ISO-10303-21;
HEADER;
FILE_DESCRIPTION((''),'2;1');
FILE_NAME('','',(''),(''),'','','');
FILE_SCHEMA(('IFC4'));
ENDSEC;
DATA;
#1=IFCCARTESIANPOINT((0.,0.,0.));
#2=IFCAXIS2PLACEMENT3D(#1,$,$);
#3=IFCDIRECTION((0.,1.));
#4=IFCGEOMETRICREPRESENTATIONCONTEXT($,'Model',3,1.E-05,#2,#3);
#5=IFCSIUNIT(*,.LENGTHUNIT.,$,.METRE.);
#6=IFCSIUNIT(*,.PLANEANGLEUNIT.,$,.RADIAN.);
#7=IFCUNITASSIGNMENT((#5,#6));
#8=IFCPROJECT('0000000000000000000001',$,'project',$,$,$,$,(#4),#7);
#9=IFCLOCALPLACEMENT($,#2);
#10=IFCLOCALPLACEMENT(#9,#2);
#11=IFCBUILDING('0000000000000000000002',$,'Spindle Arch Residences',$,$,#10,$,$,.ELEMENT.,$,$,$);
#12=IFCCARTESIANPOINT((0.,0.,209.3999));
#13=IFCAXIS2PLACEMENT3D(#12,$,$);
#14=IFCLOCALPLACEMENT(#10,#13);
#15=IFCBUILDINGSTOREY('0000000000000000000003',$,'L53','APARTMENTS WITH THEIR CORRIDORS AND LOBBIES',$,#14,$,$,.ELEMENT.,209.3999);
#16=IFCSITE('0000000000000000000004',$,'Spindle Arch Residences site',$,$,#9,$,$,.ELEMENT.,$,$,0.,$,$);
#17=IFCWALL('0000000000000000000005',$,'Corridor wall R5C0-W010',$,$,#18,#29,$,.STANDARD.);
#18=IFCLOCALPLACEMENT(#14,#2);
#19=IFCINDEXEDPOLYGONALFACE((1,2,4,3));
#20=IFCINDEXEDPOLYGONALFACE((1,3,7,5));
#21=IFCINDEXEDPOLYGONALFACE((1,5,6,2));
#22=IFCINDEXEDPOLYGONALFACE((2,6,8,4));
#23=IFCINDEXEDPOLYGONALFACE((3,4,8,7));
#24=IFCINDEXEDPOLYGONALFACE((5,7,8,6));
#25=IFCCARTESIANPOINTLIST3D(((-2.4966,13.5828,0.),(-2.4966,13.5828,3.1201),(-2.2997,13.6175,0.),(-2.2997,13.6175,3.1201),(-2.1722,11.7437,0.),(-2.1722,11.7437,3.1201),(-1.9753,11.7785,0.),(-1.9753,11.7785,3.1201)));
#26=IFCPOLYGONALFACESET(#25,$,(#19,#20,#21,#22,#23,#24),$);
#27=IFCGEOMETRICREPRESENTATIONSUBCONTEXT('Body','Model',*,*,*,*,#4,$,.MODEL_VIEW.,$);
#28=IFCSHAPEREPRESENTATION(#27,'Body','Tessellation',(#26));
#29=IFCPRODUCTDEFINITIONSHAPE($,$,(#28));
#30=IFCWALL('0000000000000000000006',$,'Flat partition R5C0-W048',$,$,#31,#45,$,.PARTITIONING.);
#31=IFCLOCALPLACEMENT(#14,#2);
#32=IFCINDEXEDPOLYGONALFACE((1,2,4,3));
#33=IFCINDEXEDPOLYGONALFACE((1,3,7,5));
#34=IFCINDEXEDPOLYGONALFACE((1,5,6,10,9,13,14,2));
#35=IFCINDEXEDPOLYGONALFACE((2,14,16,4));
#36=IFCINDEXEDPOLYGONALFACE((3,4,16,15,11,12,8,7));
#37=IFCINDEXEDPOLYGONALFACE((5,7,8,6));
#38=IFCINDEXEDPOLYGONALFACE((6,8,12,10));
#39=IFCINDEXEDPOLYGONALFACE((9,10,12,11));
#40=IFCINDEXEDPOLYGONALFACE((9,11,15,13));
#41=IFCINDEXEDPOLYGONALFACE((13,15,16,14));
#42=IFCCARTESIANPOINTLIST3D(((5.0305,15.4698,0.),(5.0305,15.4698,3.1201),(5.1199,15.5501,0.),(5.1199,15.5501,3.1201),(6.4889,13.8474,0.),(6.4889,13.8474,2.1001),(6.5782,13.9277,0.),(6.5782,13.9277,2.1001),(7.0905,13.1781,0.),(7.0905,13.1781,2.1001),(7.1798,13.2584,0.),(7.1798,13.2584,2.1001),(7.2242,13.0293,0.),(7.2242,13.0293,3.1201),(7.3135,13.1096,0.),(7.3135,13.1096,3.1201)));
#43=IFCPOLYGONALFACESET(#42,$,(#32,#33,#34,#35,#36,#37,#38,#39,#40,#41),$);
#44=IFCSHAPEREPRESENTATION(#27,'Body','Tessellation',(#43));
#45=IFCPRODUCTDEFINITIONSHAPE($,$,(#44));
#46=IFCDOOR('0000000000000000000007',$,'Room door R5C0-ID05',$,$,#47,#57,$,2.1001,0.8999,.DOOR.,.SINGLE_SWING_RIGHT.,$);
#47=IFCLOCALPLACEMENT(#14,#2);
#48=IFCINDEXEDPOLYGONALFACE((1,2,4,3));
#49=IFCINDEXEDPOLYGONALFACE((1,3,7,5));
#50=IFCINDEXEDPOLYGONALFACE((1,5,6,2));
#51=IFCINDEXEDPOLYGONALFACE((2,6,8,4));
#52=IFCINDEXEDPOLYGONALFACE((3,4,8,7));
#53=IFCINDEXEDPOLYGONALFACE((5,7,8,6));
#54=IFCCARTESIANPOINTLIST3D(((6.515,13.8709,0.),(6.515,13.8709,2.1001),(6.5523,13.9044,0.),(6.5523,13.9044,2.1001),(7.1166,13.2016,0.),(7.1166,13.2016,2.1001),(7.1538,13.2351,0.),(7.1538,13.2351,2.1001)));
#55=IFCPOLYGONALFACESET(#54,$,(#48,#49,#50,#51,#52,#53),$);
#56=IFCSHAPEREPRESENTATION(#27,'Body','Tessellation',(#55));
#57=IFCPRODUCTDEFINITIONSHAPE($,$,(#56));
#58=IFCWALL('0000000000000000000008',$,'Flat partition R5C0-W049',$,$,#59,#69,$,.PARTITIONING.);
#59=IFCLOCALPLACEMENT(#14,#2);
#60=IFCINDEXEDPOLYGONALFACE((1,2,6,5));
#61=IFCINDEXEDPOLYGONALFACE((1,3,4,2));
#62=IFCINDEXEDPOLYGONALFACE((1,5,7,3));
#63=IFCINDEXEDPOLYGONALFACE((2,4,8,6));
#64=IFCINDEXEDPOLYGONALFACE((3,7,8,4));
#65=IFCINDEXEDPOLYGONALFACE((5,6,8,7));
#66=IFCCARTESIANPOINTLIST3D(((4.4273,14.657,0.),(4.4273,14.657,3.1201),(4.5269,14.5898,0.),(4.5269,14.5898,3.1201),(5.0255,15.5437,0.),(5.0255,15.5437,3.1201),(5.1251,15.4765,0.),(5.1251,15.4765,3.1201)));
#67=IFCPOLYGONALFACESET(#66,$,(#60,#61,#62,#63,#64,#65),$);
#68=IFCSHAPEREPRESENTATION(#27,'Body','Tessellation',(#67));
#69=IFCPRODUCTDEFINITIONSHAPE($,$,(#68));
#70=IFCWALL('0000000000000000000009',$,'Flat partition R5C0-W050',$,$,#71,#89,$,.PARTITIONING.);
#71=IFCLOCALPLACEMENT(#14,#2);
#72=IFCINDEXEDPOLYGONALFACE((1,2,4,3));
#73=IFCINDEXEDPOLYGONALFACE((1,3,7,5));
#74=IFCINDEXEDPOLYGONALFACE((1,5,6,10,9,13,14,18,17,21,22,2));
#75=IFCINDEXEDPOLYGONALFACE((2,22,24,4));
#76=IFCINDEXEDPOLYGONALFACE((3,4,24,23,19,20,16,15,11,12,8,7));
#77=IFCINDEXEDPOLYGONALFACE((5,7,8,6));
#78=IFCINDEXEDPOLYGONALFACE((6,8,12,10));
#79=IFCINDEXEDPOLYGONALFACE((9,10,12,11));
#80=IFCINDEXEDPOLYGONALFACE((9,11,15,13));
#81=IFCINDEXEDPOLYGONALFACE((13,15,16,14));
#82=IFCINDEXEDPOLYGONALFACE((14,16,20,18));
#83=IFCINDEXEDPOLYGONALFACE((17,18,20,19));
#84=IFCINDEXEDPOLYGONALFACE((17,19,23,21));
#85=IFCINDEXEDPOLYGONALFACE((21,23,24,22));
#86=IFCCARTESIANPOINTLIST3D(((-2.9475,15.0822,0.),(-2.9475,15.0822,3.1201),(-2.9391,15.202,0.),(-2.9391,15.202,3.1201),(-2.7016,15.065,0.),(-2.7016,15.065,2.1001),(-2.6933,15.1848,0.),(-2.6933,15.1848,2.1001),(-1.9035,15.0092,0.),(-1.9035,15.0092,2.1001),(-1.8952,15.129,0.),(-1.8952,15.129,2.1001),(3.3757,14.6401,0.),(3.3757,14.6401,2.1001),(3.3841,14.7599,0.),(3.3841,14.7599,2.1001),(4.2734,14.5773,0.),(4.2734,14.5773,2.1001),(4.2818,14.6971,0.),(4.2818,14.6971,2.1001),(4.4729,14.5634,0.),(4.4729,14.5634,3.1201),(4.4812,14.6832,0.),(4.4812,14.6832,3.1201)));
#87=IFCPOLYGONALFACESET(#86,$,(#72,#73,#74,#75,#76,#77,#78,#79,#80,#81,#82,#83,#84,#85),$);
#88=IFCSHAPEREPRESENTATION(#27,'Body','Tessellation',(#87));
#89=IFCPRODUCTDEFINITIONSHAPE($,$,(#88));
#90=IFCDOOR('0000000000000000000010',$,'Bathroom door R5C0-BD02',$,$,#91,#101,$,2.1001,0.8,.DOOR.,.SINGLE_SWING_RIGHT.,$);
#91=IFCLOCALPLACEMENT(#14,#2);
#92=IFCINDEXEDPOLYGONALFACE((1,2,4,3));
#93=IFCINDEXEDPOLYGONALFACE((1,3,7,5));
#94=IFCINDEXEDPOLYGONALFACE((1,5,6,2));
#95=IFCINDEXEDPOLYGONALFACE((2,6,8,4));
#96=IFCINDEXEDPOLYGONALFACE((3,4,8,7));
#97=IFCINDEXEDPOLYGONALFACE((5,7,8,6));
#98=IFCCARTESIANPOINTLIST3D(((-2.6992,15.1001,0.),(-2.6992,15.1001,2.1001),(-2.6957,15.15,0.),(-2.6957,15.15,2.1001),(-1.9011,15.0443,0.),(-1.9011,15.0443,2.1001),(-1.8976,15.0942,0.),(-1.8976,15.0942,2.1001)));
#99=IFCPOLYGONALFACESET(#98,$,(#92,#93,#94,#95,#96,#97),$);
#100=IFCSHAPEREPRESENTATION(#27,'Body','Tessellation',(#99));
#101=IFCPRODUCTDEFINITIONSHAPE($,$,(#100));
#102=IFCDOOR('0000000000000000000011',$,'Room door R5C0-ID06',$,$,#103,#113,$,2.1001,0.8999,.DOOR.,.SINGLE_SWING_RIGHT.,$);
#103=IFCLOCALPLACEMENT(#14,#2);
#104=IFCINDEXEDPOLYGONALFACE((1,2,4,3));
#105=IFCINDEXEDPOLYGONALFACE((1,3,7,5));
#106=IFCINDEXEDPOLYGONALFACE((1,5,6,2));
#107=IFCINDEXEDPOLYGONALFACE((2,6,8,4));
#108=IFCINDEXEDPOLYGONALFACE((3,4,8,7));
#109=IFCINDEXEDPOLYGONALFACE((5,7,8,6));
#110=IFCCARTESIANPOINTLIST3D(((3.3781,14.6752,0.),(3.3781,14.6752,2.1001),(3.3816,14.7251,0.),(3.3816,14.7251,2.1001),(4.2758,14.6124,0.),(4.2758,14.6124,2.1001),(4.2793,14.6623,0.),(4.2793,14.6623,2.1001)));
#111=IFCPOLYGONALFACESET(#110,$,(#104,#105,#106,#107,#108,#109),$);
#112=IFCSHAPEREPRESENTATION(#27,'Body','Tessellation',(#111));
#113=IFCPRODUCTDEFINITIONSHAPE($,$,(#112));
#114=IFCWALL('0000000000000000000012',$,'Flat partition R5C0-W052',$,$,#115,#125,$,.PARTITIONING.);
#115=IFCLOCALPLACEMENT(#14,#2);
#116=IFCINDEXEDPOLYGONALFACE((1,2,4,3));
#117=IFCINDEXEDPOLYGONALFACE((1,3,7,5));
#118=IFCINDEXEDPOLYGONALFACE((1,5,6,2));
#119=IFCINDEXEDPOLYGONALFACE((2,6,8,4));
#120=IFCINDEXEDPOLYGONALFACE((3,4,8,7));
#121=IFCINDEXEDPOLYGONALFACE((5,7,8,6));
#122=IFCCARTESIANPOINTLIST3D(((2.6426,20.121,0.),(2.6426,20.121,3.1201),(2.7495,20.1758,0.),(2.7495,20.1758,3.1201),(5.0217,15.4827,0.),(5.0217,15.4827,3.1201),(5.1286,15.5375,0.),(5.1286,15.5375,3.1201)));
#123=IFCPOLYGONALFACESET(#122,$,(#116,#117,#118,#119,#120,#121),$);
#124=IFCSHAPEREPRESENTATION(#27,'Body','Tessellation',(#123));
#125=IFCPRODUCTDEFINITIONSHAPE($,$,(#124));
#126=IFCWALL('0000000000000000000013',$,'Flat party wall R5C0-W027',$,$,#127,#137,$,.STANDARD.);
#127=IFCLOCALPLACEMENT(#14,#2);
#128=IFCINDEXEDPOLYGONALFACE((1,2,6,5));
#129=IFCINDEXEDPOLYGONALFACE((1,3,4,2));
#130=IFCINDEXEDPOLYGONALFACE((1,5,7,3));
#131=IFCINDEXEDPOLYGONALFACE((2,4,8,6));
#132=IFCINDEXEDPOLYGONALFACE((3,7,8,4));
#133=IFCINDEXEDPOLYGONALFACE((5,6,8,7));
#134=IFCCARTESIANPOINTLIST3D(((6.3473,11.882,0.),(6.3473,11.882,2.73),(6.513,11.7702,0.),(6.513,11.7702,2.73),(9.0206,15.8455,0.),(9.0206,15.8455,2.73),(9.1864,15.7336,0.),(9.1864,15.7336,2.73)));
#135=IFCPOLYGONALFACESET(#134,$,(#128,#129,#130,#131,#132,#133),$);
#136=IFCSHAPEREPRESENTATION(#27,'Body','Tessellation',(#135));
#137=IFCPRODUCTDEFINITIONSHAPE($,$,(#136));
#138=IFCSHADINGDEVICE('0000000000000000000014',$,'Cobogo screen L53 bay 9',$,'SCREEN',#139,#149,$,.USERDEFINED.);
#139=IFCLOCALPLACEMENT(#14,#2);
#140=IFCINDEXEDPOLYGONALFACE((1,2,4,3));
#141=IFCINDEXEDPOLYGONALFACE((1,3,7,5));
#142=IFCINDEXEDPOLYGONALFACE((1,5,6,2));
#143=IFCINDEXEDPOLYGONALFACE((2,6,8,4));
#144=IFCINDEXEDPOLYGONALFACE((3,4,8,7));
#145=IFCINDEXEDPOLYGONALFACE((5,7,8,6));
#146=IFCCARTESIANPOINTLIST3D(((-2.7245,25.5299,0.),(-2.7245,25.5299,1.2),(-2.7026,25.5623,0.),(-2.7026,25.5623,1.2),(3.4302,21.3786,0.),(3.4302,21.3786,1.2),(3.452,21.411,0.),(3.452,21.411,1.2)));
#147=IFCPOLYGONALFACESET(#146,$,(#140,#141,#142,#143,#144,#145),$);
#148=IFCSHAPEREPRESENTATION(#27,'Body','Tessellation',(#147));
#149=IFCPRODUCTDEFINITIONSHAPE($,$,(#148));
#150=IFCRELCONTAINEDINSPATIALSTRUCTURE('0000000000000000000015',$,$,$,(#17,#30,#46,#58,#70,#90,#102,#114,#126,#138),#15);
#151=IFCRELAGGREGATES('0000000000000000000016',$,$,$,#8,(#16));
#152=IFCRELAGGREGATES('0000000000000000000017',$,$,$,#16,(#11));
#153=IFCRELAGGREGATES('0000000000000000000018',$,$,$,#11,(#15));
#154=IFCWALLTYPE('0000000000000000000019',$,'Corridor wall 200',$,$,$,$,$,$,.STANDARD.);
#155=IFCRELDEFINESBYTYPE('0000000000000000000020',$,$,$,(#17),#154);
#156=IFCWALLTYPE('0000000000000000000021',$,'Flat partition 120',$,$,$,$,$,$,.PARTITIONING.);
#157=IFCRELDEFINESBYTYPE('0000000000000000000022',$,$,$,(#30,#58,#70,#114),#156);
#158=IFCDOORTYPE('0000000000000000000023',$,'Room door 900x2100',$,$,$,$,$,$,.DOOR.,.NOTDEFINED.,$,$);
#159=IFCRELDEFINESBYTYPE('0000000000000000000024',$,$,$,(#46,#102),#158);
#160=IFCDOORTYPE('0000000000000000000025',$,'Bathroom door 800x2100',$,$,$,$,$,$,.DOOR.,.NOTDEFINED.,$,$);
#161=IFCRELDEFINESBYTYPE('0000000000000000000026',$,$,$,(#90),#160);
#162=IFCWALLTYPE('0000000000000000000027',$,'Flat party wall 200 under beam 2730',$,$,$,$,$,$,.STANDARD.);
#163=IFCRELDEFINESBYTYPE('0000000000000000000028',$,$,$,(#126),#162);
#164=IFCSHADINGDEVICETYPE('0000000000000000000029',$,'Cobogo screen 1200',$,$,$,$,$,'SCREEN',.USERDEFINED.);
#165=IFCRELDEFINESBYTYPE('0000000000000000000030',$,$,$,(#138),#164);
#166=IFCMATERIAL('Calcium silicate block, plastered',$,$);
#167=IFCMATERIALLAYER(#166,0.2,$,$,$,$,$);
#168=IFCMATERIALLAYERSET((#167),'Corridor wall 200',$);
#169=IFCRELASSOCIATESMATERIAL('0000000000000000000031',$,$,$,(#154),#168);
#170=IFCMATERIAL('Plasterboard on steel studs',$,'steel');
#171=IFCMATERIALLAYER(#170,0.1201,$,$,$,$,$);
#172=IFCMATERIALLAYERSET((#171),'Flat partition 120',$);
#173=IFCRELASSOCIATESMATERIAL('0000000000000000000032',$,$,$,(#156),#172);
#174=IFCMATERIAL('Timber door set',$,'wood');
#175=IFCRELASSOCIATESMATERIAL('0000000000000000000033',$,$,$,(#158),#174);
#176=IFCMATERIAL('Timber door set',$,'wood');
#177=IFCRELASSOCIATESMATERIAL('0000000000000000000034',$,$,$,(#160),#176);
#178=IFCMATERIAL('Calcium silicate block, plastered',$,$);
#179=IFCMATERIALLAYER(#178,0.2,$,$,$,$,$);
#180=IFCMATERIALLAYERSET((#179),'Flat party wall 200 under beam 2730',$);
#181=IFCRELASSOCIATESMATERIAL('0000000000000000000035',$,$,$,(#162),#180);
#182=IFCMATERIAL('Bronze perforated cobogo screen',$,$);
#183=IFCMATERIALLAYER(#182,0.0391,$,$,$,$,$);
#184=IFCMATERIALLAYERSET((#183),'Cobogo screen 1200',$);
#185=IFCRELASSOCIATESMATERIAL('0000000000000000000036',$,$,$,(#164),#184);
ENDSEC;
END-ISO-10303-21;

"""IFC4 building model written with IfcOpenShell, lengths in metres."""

from ifc_helpers import new_model, si_unit, direction, frame, frame_2d, origin, origin_2d, place, context, subcontext, project, spatial, rectangle, extrude, material, layer, layer_set, type_object, element, fill, save


model = new_model("IFC4")

# Units and contexts
model_context = context("Model", 3, precision=1e-05, world=origin(), true_north=direction((0.0, 1.0)))
body_context = subcontext(model_context, "Body", "Model", "MODEL_VIEW")
ifc_project = project(units=[si_unit("LENGTHUNIT", "METRE"), si_unit("PLANEANGLEUNIT", "RADIAN")], contexts=[model_context])

# Site, building, storey
site_placement = place(None, origin())
site = spatial("IfcSite", under=ifc_project, at=site_placement, Name="Spindle Arch Residences site", CompositionType="ELEMENT", RefElevation=0.0)
building_placement = place(site_placement, origin())
building = spatial("IfcBuilding", under=site, at=building_placement, Name="Spindle Arch Residences", CompositionType="ELEMENT")
storey_placement = place(building_placement, frame((0.0, 0.0, 209.3999)))
storey = spatial("IfcBuildingStorey", under=building, at=storey_placement, Name="L53", Description="APARTMENTS WITH THEIR CORRIDORS AND LOBBIES", CompositionType="ELEMENT", Elevation=209.3999)

# Wall
ifc_material_1 = material(Name="Calcium silicate block, plastered")
ifc_layer_1 = layer(ifc_material_1, 0.2)
ifc_layer_set_1 = layer_set([ifc_layer_1], Name="Corridor wall 200")
wall_type_1 = type_object("IfcWallType", Name="Corridor wall 200", PredefinedType="STANDARD", material=ifc_layer_set_1)
wall_1_placement = place(storey_placement, frame((-2.0737, 11.7612, 0.0), z_axis=(0.0, 0.0, 1.0), x_axis=(-0.173741, 0.984791, 0.0)))
element("IfcWall", 1, at=wall_1_placement, inside=storey, type_object=wall_type_1, Name="Corridor wall R5C0-W010", PredefinedType="STANDARD", context=body_context, shape_type="SweptSolid", body=[
    extrude(rectangle(XDim=1.8674, YDim=0.2, at=frame_2d((0.9336, 0.0))), origin(), (0.0, 0.0, 1.0), 3.1201),
])

# Wall, opening, door
ifc_material_2 = material(Name="Plasterboard on steel studs", Category="steel")
ifc_layer_2 = layer(ifc_material_2, 0.1201)
ifc_layer_set_2 = layer_set([ifc_layer_2], Name="Flat partition 120")
wall_type_2 = type_object("IfcWallType", Name="Flat partition 120", PredefinedType="PARTITIONING", material=ifc_layer_set_2)
wall_2_placement = place(storey_placement, frame((7.2688, 13.0696, 0.0), z_axis=(0.0, 0.0, 1.0), x_axis=(-0.668496, 0.743716, 0.0)))
wall_2 = element("IfcWall", 2, at=wall_2_placement, inside=storey, type_object=wall_type_2, Name="Flat partition R5C0-W048", PredefinedType="PARTITIONING", context=body_context, shape_type="SweptSolid", body=[
    extrude(rectangle(XDim=3.2815, YDim=0.1201, at=frame_2d((1.6406, 0.0))), origin(), (0.0, 0.0, 1.0), 3.1201),
])
opening_1_placement = place(wall_2_placement, frame((0.2, 0.0, 0.0)))
opening_1 = element("IfcOpeningElement", 3, at=opening_1_placement, cuts=wall_2, PredefinedType="OPENING", context=body_context, shape_type="SweptSolid", body=[
    extrude(rectangle(XDim=0.8999, YDim=2.1001, at=frame_2d((0.45, 1.05))), frame((0.0, 0.0701, 0.0), z_axis=(0.0, -1.0, 0.0), x_axis=(1.0, 0.0, 0.0)), (0.0, 0.0, 1.0), 0.1401),
])
ifc_material_3 = material(Name="Timber door set", Category="wood")
door_type_1 = type_object("IfcDoorType", Name="Room door 900x2100", OperationType="NOTDEFINED", PredefinedType="DOOR", material=ifc_material_3)
door_1_placement = place(opening_1_placement, origin())
door_1 = element("IfcDoor", 4, at=door_1_placement, inside=storey, type_object=door_type_1, Name="Room door R5C0-ID05", OperationType="SINGLE_SWING_RIGHT", OverallHeight=2.1001, OverallWidth=0.8999, PredefinedType="DOOR", context=body_context, shape_type="SweptSolid", body=[
    extrude(rectangle(XDim=0.8999, YDim=2.1001, at=frame_2d((0.45, 1.05))), frame((0.0, 0.0249, 0.0), z_axis=(0.0, -1.0, 0.0), x_axis=(1.0, 0.0, 0.0)), (0.0, 0.0, 1.0), 0.05),
])
fill(opening_1, door_1)

# Wall
wall_3_placement = place(storey_placement, frame((5.0752, 15.51, 0.0), z_axis=(0.0, 0.0, 1.0), x_axis=(-0.559222, -0.829018, 0.0)))
element("IfcWall", 5, at=wall_3_placement, inside=storey, type_object=wall_type_2, Name="Flat partition R5C0-W049", PredefinedType="PARTITIONING", context=body_context, shape_type="SweptSolid", body=[
    extrude(rectangle(XDim=1.0696, YDim=0.1201, at=frame_2d((0.5347, 0.0))), origin(), (0.0, 0.0, 1.0), 3.1201),
])

# Wall, openings, doors
wall_4_placement = place(storey_placement, frame((4.4771, 14.6233, 0.0), z_axis=(0.0, 0.0, 1.0), x_axis=(-0.997565, 0.069745, 0.0)))
wall_4 = element("IfcWall", 6, at=wall_4_placement, inside=storey, type_object=wall_type_2, Name="Flat partition R5C0-W050", PredefinedType="PARTITIONING", context=body_context, shape_type="SweptSolid", body=[
    extrude(rectangle(XDim=7.4385, YDim=0.1201, at=frame_2d((3.7192, 0.0))), origin(), (0.0, 0.0, 1.0), 3.1201),
])
opening_2_placement = place(wall_4_placement, frame((0.2, 0.0, 0.0)))
opening_2 = element("IfcOpeningElement", 7, at=opening_2_placement, cuts=wall_4, PredefinedType="OPENING", context=body_context, shape_type="SweptSolid", body=[
    extrude(rectangle(XDim=0.8999, YDim=2.1001, at=frame_2d((0.45, 1.05))), frame((0.0, 0.0701, 0.0), z_axis=(0.0, -1.0, 0.0), x_axis=(1.0, 0.0, 0.0)), (0.0, 0.0, 1.0), 0.1401),
])
opening_3_placement = place(wall_4_placement, frame((6.3921, 0.0, 0.0)))
opening_3 = element("IfcOpeningElement", 8, at=opening_3_placement, cuts=wall_4, PredefinedType="OPENING", context=body_context, shape_type="SweptSolid", body=[
    extrude(rectangle(XDim=0.8, YDim=2.1001, at=frame_2d((0.3999, 1.05))), frame((0.0, 0.0701, 0.0), z_axis=(0.0, -1.0, 0.0), x_axis=(1.0, 0.0, 0.0)), (0.0, 0.0, 1.0), 0.1401),
])
ifc_material_4 = material(Name="Timber door set", Category="wood")
door_type_2 = type_object("IfcDoorType", Name="Bathroom door 800x2100", OperationType="NOTDEFINED", PredefinedType="DOOR", material=ifc_material_4)
door_2_placement = place(opening_3_placement, origin())
door_2 = element("IfcDoor", 9, at=door_2_placement, inside=storey, type_object=door_type_2, Name="Bathroom door R5C0-BD02", OperationType="SINGLE_SWING_RIGHT", OverallHeight=2.1001, OverallWidth=0.8, PredefinedType="DOOR", context=body_context, shape_type="SweptSolid", body=[
    extrude(rectangle(XDim=0.8, YDim=2.1001, at=frame_2d((0.3999, 1.05))), frame((0.0, 0.0249, 0.0), z_axis=(0.0, -1.0, 0.0), x_axis=(1.0, 0.0, 0.0)), (0.0, 0.0, 1.0), 0.05),
])
fill(opening_3, door_2)
door_3_placement = place(opening_2_placement, origin())
door_3 = element("IfcDoor", 10, at=door_3_placement, inside=storey, type_object=door_type_1, Name="Room door R5C0-ID06", OperationType="SINGLE_SWING_RIGHT", OverallHeight=2.1001, OverallWidth=0.8999, PredefinedType="DOOR", context=body_context, shape_type="SweptSolid", body=[
    extrude(rectangle(XDim=0.8999, YDim=2.1001, at=frame_2d((0.45, 1.05))), frame((0.0, 0.0249, 0.0), z_axis=(0.0, -1.0, 0.0), x_axis=(1.0, 0.0, 0.0)), (0.0, 0.0, 1.0), 0.05),
])
fill(opening_2, door_3)

# Walls
wall_5_placement = place(storey_placement, frame((2.696, 20.1484, 0.0), z_axis=(0.0, 0.0, 1.0), x_axis=(0.456388, -0.889781, 0.0)))
element("IfcWall", 11, at=wall_5_placement, inside=storey, type_object=wall_type_2, Name="Flat partition R5C0-W052", PredefinedType="PARTITIONING", context=body_context, shape_type="SweptSolid", body=[
    extrude(rectangle(XDim=5.2129, YDim=0.1201, at=frame_2d((2.6064, 0.0))), origin(), (0.0, 0.0, 1.0), 3.1201),
])
ifc_material_5 = material(Name="Calcium silicate block, plastered")
ifc_layer_3 = layer(ifc_material_5, 0.2)
ifc_layer_set_3 = layer_set([ifc_layer_3], Name="Flat party wall 200 under beam 2730")
wall_type_3 = type_object("IfcWallType", Name="Flat party wall 200 under beam 2730", PredefinedType="STANDARD", material=ifc_layer_set_3)
wall_6_placement = place(storey_placement, frame((9.1035, 15.7896, 0.0), z_axis=(0.0, 0.0, 1.0), x_axis=(-0.559194, -0.829037, 0.0)))
element("IfcWall", 12, at=wall_6_placement, inside=storey, type_object=wall_type_3, Name="Flat party wall R5C0-W027", PredefinedType="STANDARD", context=body_context, shape_type="SweptSolid", body=[
    extrude(rectangle(XDim=4.7808, YDim=0.2, at=frame_2d((2.3904, 0.0))), origin(), (0.0, 0.0, 1.0), 2.73),
])

# Shading device
ifc_material_6 = material(Name="Bronze perforated cobogo screen")
ifc_layer_4 = layer(ifc_material_6, 0.0391)
ifc_layer_set_4 = layer_set([ifc_layer_4], Name="Cobogo screen 1200")
shading_device_type = type_object("IfcShadingDeviceType", Name="Cobogo screen 1200", ElementType="SCREEN", PredefinedType="USERDEFINED", material=ifc_layer_set_4)
shading_device_placement = place(storey_placement, frame((0.3638, 23.4705, 0.0), z_axis=(0.0, 0.0, 1.0), x_axis=(-0.829038, 0.559193, 0.0)))
element("IfcShadingDevice", 13, at=shading_device_placement, inside=storey, type_object=shading_device_type, Name="Cobogo screen L53 bay 9", ObjectType="SCREEN", PredefinedType="USERDEFINED", context=body_context, shape_type="SweptSolid", body=[
    extrude(rectangle(XDim=7.4238, YDim=0.0391, at=origin_2d()), origin(), (0.0, 0.0, 1.0), 1.2),
])

save(model, "model.ifc")
